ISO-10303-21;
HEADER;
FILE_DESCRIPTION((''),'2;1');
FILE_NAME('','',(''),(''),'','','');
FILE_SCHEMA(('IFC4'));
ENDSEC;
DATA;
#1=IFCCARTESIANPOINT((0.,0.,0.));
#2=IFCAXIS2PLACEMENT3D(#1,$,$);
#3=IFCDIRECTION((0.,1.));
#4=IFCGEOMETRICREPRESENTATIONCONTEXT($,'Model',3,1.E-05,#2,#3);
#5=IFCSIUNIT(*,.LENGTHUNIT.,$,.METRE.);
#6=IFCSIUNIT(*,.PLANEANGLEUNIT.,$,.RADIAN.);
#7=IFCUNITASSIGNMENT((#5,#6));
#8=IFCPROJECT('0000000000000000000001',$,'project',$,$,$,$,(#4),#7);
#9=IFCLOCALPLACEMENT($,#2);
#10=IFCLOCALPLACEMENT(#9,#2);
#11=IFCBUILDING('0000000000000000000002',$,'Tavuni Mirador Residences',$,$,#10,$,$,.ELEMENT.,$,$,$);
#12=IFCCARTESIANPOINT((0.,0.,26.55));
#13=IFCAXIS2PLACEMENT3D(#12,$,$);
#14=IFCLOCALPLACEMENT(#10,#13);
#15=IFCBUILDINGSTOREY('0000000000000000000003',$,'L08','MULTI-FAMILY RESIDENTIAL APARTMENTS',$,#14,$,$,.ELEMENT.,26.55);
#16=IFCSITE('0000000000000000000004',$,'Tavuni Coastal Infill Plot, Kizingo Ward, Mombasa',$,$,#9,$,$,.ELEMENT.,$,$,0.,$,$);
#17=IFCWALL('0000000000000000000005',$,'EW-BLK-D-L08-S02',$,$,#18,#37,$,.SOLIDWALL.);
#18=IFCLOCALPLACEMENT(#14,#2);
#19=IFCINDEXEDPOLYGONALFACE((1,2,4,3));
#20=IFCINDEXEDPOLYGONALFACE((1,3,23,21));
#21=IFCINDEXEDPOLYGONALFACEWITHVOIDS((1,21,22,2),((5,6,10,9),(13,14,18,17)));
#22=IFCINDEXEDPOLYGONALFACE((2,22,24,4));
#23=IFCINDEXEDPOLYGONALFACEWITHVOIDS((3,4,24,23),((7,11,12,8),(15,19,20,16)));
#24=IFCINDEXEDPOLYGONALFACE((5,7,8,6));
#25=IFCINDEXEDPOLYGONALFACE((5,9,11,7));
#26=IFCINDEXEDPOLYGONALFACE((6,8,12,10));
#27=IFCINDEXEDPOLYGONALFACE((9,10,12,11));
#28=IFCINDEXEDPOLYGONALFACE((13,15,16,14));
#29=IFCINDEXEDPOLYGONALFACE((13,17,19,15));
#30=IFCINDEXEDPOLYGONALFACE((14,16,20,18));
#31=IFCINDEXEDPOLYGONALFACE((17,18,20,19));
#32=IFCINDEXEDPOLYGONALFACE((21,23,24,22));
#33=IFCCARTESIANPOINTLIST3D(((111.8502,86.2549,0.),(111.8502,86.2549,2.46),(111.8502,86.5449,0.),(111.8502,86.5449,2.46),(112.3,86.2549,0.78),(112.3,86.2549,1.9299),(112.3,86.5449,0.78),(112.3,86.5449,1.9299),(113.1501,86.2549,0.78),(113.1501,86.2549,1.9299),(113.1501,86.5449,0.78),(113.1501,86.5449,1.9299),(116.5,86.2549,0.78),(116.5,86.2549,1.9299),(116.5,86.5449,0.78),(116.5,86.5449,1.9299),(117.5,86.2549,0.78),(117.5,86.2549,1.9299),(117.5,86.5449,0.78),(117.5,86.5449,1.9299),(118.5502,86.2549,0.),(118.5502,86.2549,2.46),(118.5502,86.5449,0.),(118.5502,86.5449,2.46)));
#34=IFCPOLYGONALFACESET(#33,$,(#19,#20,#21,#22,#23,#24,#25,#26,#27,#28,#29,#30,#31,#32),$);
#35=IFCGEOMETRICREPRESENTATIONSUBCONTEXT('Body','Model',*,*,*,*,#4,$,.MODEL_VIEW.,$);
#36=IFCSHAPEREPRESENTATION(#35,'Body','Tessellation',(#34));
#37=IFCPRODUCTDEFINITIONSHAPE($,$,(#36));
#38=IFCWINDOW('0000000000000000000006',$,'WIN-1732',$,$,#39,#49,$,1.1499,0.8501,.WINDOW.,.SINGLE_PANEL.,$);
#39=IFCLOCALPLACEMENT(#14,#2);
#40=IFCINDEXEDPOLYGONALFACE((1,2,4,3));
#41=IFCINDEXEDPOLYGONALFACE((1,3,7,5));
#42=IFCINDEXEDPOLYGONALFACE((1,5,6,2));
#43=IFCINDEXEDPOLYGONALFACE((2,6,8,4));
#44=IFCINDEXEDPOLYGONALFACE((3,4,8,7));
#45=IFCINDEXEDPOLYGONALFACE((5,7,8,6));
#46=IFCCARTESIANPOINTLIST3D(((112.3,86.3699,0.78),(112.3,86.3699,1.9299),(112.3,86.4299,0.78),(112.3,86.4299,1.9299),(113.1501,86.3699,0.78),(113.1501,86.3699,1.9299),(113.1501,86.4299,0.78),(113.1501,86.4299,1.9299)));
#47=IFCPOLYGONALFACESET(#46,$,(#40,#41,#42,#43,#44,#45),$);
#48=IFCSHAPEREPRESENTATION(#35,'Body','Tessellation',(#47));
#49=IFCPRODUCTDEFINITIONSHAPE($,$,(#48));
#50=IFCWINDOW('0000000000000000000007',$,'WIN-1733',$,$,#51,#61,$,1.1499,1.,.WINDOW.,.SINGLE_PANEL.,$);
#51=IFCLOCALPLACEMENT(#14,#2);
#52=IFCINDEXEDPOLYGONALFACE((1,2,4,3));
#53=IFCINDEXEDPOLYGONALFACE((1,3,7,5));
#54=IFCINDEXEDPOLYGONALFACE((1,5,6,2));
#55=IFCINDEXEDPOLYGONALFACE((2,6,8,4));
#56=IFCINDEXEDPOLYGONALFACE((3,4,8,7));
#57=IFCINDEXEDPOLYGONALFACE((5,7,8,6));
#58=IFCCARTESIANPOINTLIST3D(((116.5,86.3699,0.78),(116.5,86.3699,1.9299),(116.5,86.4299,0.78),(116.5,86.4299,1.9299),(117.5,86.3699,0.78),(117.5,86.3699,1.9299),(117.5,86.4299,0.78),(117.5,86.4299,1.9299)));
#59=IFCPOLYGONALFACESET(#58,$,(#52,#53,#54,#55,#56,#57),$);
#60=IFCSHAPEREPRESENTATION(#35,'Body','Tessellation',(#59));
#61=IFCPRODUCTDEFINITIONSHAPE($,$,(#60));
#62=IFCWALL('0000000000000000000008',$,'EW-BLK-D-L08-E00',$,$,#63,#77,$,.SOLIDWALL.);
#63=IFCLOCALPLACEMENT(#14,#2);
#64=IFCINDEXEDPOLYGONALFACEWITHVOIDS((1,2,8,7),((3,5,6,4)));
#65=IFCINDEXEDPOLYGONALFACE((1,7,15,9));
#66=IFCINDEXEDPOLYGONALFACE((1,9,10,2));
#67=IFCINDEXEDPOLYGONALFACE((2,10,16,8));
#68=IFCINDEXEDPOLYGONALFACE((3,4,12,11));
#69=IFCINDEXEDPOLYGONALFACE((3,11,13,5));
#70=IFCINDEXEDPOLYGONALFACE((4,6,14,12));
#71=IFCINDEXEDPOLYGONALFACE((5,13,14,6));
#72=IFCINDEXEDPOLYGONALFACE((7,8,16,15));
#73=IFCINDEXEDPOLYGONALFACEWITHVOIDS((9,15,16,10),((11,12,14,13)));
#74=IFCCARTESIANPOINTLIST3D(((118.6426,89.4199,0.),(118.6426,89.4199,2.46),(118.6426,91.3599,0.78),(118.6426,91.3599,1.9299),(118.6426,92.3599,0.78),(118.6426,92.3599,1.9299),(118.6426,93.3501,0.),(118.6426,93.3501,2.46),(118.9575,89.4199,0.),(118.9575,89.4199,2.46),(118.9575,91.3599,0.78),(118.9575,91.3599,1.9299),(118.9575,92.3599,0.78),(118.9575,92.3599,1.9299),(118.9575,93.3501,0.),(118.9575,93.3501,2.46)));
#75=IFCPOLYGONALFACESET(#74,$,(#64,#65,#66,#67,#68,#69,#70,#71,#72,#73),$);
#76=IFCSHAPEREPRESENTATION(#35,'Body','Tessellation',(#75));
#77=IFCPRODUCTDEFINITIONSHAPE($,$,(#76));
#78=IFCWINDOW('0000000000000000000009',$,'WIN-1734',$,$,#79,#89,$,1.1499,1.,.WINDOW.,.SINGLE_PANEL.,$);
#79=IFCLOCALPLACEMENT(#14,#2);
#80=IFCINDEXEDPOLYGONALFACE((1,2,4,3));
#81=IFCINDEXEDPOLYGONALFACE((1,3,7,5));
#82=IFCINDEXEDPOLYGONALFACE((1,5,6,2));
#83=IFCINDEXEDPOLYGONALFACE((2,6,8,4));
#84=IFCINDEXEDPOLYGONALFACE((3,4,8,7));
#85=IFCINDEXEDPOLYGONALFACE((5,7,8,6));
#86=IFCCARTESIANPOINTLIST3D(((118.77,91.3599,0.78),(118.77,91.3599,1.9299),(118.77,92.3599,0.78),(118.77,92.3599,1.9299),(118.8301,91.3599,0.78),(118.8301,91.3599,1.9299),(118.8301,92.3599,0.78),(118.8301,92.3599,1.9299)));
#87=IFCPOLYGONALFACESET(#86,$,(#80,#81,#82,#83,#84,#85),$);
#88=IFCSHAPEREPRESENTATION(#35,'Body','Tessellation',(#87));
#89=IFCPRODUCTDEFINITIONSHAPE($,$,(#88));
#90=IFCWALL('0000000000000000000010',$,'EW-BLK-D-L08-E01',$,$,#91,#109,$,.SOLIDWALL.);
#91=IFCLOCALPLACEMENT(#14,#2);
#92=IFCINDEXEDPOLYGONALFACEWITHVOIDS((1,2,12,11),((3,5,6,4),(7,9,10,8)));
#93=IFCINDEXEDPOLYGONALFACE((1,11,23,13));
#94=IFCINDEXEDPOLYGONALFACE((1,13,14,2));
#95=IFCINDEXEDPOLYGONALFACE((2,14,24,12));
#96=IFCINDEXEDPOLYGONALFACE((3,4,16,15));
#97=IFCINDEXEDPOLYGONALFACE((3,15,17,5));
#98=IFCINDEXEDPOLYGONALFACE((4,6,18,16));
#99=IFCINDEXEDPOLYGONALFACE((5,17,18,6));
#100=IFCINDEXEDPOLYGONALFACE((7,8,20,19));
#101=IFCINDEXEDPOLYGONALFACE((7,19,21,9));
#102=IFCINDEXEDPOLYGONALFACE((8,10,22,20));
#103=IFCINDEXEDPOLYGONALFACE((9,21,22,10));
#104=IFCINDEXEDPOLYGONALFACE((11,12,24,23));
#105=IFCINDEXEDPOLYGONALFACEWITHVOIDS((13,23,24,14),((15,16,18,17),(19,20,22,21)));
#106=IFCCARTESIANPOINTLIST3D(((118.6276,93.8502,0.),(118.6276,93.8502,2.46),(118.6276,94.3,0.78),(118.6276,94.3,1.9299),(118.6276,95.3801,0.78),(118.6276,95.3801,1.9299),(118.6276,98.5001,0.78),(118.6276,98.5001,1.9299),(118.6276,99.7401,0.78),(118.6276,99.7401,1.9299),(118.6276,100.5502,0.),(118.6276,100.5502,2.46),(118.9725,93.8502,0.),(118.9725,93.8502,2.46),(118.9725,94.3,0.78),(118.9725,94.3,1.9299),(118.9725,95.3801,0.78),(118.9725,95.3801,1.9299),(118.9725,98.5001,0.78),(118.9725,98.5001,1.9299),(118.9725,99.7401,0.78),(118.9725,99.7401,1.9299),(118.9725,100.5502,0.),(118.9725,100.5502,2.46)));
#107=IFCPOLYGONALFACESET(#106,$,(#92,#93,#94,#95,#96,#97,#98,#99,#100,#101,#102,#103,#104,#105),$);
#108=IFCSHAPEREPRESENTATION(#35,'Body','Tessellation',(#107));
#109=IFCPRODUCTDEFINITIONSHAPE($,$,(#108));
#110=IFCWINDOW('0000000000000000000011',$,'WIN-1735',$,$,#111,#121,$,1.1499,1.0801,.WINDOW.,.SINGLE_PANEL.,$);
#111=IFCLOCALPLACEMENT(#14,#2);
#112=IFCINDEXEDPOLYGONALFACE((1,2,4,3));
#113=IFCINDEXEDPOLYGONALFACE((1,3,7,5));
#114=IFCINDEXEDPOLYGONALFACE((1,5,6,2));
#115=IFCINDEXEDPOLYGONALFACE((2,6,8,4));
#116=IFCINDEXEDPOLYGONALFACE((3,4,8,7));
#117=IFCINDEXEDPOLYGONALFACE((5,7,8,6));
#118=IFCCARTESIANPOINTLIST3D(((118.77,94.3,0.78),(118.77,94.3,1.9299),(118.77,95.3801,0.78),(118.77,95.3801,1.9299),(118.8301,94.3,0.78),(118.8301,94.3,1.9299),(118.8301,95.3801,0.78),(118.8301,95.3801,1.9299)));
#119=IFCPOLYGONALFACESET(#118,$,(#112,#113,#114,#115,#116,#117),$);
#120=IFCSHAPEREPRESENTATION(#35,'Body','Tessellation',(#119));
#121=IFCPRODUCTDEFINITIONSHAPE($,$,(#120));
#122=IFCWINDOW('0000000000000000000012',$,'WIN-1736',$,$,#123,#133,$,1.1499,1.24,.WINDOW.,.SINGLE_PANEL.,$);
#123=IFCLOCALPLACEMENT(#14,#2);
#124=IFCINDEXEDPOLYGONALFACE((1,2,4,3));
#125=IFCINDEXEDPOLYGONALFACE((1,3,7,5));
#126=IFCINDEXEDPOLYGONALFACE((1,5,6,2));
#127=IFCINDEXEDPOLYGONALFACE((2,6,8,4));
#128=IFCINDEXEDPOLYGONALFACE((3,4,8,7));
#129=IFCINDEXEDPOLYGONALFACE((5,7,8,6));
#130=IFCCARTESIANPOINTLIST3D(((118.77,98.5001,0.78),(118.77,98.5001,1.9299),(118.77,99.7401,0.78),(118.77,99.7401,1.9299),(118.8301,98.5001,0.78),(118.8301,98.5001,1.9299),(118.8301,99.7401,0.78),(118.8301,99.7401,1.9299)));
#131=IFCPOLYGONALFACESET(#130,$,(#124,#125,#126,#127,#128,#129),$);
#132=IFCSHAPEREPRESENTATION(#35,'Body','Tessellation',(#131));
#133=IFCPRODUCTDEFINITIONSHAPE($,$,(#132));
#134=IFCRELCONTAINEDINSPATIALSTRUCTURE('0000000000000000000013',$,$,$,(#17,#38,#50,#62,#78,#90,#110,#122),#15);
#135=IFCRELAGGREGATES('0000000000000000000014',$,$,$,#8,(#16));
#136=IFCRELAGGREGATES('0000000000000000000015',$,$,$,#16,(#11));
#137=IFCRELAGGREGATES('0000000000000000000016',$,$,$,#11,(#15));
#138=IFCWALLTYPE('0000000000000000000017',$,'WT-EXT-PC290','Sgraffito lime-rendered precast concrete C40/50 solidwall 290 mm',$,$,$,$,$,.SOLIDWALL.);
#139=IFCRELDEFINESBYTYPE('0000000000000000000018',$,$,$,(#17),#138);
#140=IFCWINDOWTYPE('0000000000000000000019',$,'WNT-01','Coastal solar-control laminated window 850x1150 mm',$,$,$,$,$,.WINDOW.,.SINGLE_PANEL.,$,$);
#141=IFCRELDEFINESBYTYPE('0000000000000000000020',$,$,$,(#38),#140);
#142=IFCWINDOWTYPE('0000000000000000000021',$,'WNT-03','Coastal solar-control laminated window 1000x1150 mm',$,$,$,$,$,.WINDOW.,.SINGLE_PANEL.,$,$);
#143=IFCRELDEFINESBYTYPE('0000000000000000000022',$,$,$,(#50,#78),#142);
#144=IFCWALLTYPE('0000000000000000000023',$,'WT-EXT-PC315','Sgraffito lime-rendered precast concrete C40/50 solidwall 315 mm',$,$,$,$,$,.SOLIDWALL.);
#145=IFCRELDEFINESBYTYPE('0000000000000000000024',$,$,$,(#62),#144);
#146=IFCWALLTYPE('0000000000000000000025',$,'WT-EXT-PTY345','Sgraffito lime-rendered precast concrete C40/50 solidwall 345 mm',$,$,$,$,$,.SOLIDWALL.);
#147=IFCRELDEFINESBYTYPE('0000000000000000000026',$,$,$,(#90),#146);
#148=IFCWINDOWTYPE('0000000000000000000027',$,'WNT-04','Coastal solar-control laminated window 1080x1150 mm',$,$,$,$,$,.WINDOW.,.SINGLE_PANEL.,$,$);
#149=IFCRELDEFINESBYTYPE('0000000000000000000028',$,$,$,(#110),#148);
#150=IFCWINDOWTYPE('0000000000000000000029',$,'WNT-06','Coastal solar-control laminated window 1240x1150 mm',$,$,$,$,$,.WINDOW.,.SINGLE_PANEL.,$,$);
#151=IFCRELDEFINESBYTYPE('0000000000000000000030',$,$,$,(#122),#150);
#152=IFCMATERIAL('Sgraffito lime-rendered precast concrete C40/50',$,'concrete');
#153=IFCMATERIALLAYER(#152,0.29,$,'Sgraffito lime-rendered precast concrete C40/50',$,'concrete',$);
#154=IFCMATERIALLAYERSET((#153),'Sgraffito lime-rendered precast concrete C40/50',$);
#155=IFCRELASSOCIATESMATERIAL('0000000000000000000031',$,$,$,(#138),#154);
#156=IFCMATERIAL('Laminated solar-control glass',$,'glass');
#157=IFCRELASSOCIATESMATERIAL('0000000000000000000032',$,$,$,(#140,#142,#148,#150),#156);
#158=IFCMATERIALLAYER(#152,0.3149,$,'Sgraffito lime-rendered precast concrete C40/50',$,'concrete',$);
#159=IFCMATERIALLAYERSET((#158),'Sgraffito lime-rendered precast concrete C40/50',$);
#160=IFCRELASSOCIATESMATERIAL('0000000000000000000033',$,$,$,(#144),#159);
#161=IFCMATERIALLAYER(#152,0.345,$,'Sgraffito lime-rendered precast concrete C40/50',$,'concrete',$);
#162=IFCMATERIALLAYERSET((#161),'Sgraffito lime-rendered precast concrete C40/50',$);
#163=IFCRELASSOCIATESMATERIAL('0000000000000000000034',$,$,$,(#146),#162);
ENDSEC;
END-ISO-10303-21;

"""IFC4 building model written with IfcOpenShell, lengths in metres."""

from ifc_helpers import new_model, si_unit, direction, frame, frame_2d, origin, place, context, subcontext, project, spatial, rectangle, extrude, material, layer, layer_set, type_object, element, fill, save


model = new_model("IFC4")

# Units and contexts
model_context = context("Model", 3, precision=1e-05, world=origin(), true_north=direction((0.0, 1.0)))
body_context = subcontext(model_context, "Body", "Model", "MODEL_VIEW")
ifc_project = project(units=[si_unit("LENGTHUNIT", "METRE"), si_unit("PLANEANGLEUNIT", "RADIAN")], contexts=[model_context])

# Site, building, storey
site_placement = place(None, origin())
site = spatial("IfcSite", under=ifc_project, at=site_placement, Name="Tavuni Coastal Infill Plot, Kizingo Ward, Mombasa", CompositionType="ELEMENT", RefElevation=0.0)
building_placement = place(site_placement, origin())
building = spatial("IfcBuilding", under=site, at=building_placement, Name="Tavuni Mirador Residences", CompositionType="ELEMENT")
storey_placement = place(building_placement, frame((0.0, 0.0, 26.55)))
storey = spatial("IfcBuildingStorey", under=building, at=storey_placement, Name="L08", Description="MULTI-FAMILY RESIDENTIAL APARTMENTS", CompositionType="ELEMENT", Elevation=26.55)

# Wall, openings, windows
ifc_material_1 = material(Name="Sgraffito lime-rendered precast concrete C40/50", Category="concrete")
ifc_layer_1 = layer(ifc_material_1, 0.29, Name="Sgraffito lime-rendered precast concrete C40/50", Category="concrete")
ifc_layer_set_1 = layer_set([ifc_layer_1], Name="Sgraffito lime-rendered precast concrete C40/50")
wall_type_1 = type_object("IfcWallType", Name="WT-EXT-PC290", Description="Sgraffito lime-rendered precast concrete C40/50 solidwall 290 mm", PredefinedType="SOLIDWALL", material=ifc_layer_set_1)
wall_1_placement = place(storey_placement, frame((111.8501, 86.3999, 0.0), z_axis=(0.0, 0.0, 1.0), x_axis=(1.0, 0.0, 0.0)))
wall_1 = element("IfcWall", 1, at=wall_1_placement, inside=storey, type_object=wall_type_1, Name="EW-BLK-D-L08-S02", PredefinedType="SOLIDWALL", context=body_context, shape_type="SweptSolid", body=[
    extrude(rectangle(XDim=6.7, YDim=0.29, at=frame_2d((3.3501, 0.0))), origin(), (0.0, 0.0, 1.0), 2.46),
])
opening_1_placement = place(wall_1_placement, frame((0.45, 0.0, 0.78)))
opening_1 = element("IfcOpeningElement", 2, at=opening_1_placement, cuts=wall_1, PredefinedType="OPENING", context=body_context, shape_type="SweptSolid", body=[
    extrude(rectangle(XDim=0.8501, YDim=1.1499, at=frame_2d((0.425, 0.575))), frame((0.0, 0.155, 0.0), z_axis=(0.0, -1.0, 0.0), x_axis=(1.0, 0.0, 0.0)), (0.0, 0.0, 1.0), 0.3101),
])
opening_2_placement = place(wall_1_placement, frame((4.6499, 0.0, 0.78)))
opening_2 = element("IfcOpeningElement", 3, at=opening_2_placement, cuts=wall_1, PredefinedType="OPENING", context=body_context, shape_type="SweptSolid", body=[
    extrude(rectangle(XDim=1.0, YDim=1.1499, at=frame_2d((0.5, 0.575))), frame((0.0, 0.155, 0.0), z_axis=(0.0, -1.0, 0.0), x_axis=(1.0, 0.0, 0.0)), (0.0, 0.0, 1.0), 0.3101),
])
ifc_material_2 = material(Name="Laminated solar-control glass", Category="glass")
window_type_1 = type_object("IfcWindowType", Name="WNT-01", Description="Coastal solar-control laminated window 850x1150 mm", PartitioningType="SINGLE_PANEL", PredefinedType="WINDOW", material=ifc_material_2)
window_1_placement = place(opening_1_placement, origin())
window_1 = element("IfcWindow", 4, at=window_1_placement, inside=storey, type_object=window_type_1, Name="WIN-1732", OverallHeight=1.1499, OverallWidth=0.8501, PartitioningType="SINGLE_PANEL", PredefinedType="WINDOW", context=body_context, shape_type="SweptSolid", body=[
    extrude(rectangle(XDim=0.8501, YDim=1.1499, at=frame_2d((0.425, 0.575))), frame((0.0, 0.03, 0.0), z_axis=(0.0, -1.0, 0.0), x_axis=(1.0, 0.0, 0.0)), (0.0, 0.0, 1.0), 0.0601),
])
fill(opening_1, window_1)
window_type_2 = type_object("IfcWindowType", Name="WNT-03", Description="Coastal solar-control laminated window 1000x1150 mm", PartitioningType="SINGLE_PANEL", PredefinedType="WINDOW", material=ifc_material_2)
window_2_placement = place(opening_2_placement, origin())
window_2 = element("IfcWindow", 5, at=window_2_placement, inside=storey, type_object=window_type_2, Name="WIN-1733", OverallHeight=1.1499, OverallWidth=1.0, PartitioningType="SINGLE_PANEL", PredefinedType="WINDOW", context=body_context, shape_type="SweptSolid", body=[
    extrude(rectangle(XDim=1.0, YDim=1.1499, at=frame_2d((0.5, 0.575))), frame((0.0, 0.03, 0.0), z_axis=(0.0, -1.0, 0.0), x_axis=(1.0, 0.0, 0.0)), (0.0, 0.0, 1.0), 0.0601),
])
fill(opening_2, window_2)

# Wall, opening, window
ifc_layer_2 = layer(ifc_material_1, 0.3149, Name="Sgraffito lime-rendered precast concrete C40/50", Category="concrete")
ifc_layer_set_2 = layer_set([ifc_layer_2], Name="Sgraffito lime-rendered precast concrete C40/50")
wall_type_2 = type_object("IfcWallType", Name="WT-EXT-PC315", Description="Sgraffito lime-rendered precast concrete C40/50 solidwall 315 mm", PredefinedType="SOLIDWALL", material=ifc_layer_set_2)
wall_2_placement = place(storey_placement, frame((118.8, 89.4199, 0.0), z_axis=(0.0, 0.0, 1.0), x_axis=(0.0, 1.0, 0.0)))
wall_2 = element("IfcWall", 6, at=wall_2_placement, inside=storey, type_object=wall_type_2, Name="EW-BLK-D-L08-E00", PredefinedType="SOLIDWALL", context=body_context, shape_type="SweptSolid", body=[
    extrude(rectangle(XDim=3.9302, YDim=0.3149, at=frame_2d((1.9651, 0.0))), origin(), (0.0, 0.0, 1.0), 2.46),
])
opening_3_placement = place(wall_2_placement, frame((1.9399, 0.0, 0.78)))
opening_3 = element("IfcOpeningElement", 7, at=opening_3_placement, cuts=wall_2, PredefinedType="OPENING", context=body_context, shape_type="SweptSolid", body=[
    extrude(rectangle(XDim=1.0, YDim=1.1499, at=frame_2d((0.5, 0.575))), frame((0.0, 0.1675, 0.0), z_axis=(0.0, -1.0, 0.0), x_axis=(1.0, 0.0, 0.0)), (0.0, 0.0, 1.0), 0.335),
])
window_3_placement = place(opening_3_placement, origin())
window_3 = element("IfcWindow", 8, at=window_3_placement, inside=storey, type_object=window_type_2, Name="WIN-1734", OverallHeight=1.1499, OverallWidth=1.0, PartitioningType="SINGLE_PANEL", PredefinedType="WINDOW", context=body_context, shape_type="SweptSolid", body=[
    extrude(rectangle(XDim=1.0, YDim=1.1499, at=frame_2d((0.5, 0.575))), frame((0.0, 0.03, 0.0), z_axis=(0.0, -1.0, 0.0), x_axis=(1.0, 0.0, 0.0)), (0.0, 0.0, 1.0), 0.0601),
])
fill(opening_3, window_3)

# Wall, openings, windows
ifc_layer_3 = layer(ifc_material_1, 0.345, Name="Sgraffito lime-rendered precast concrete C40/50", Category="concrete")
ifc_layer_set_3 = layer_set([ifc_layer_3], Name="Sgraffito lime-rendered precast concrete C40/50")
wall_type_3 = type_object("IfcWallType", Name="WT-EXT-PTY345", Description="Sgraffito lime-rendered precast concrete C40/50 solidwall 345 mm", PredefinedType="SOLIDWALL", material=ifc_layer_set_3)
wall_3_placement = place(storey_placement, frame((118.8, 93.8501, 0.0), z_axis=(0.0, 0.0, 1.0), x_axis=(0.0, 1.0, 0.0)))
wall_3 = element("IfcWall", 9, at=wall_3_placement, inside=storey, type_object=wall_type_3, Name="EW-BLK-D-L08-E01", PredefinedType="SOLIDWALL", context=body_context, shape_type="SweptSolid", body=[
    extrude(rectangle(XDim=6.7, YDim=0.345, at=frame_2d((3.3501, 0.0))), origin(), (0.0, 0.0, 1.0), 2.46),
])
opening_4_placement = place(wall_3_placement, frame((0.45, 0.0, 0.78)))
opening_4 = element("IfcOpeningElement", 10, at=opening_4_placement, cuts=wall_3, PredefinedType="OPENING", context=body_context, shape_type="SweptSolid", body=[
    extrude(rectangle(XDim=1.0801, YDim=1.1499, at=frame_2d((0.54, 0.575))), frame((0.0, 0.1826, 0.0), z_axis=(0.0, -1.0, 0.0), x_axis=(1.0, 0.0, 0.0)), (0.0, 0.0, 1.0), 0.365),
])
opening_5_placement = place(wall_3_placement, frame((4.6499, 0.0, 0.78)))
opening_5 = element("IfcOpeningElement", 11, at=opening_5_placement, cuts=wall_3, PredefinedType="OPENING", context=body_context, shape_type="SweptSolid", body=[
    extrude(rectangle(XDim=1.24, YDim=1.1499, at=frame_2d((0.6201, 0.575))), frame((0.0, 0.1826, 0.0), z_axis=(0.0, -1.0, 0.0), x_axis=(1.0, 0.0, 0.0)), (0.0, 0.0, 1.0), 0.365),
])
window_type_3 = type_object("IfcWindowType", Name="WNT-04", Description="Coastal solar-control laminated window 1080x1150 mm", PartitioningType="SINGLE_PANEL", PredefinedType="WINDOW", material=ifc_material_2)
window_4_placement = place(opening_4_placement, origin())
window_4 = element("IfcWindow", 12, at=window_4_placement, inside=storey, type_object=window_type_3, Name="WIN-1735", OverallHeight=1.1499, OverallWidth=1.0801, PartitioningType="SINGLE_PANEL", PredefinedType="WINDOW", context=body_context, shape_type="SweptSolid", body=[
    extrude(rectangle(XDim=1.0801, YDim=1.1499, at=frame_2d((0.54, 0.575))), frame((0.0, 0.03, 0.0), z_axis=(0.0, -1.0, 0.0), x_axis=(1.0, 0.0, 0.0)), (0.0, 0.0, 1.0), 0.0601),
])
fill(opening_4, window_4)
window_type_4 = type_object("IfcWindowType", Name="WNT-06", Description="Coastal solar-control laminated window 1240x1150 mm", PartitioningType="SINGLE_PANEL", PredefinedType="WINDOW", material=ifc_material_2)
window_5_placement = place(opening_5_placement, origin())
window_5 = element("IfcWindow", 13, at=window_5_placement, inside=storey, type_object=window_type_4, Name="WIN-1736", OverallHeight=1.1499, OverallWidth=1.24, PartitioningType="SINGLE_PANEL", PredefinedType="WINDOW", context=body_context, shape_type="SweptSolid", body=[
    extrude(rectangle(XDim=1.24, YDim=1.1499, at=frame_2d((0.6201, 0.575))), frame((0.0, 0.03, 0.0), z_axis=(0.0, -1.0, 0.0), x_axis=(1.0, 0.0, 0.0)), (0.0, 0.0, 1.0), 0.0601),
])
fill(opening_5, window_5)

save(model, "model.ifc")
